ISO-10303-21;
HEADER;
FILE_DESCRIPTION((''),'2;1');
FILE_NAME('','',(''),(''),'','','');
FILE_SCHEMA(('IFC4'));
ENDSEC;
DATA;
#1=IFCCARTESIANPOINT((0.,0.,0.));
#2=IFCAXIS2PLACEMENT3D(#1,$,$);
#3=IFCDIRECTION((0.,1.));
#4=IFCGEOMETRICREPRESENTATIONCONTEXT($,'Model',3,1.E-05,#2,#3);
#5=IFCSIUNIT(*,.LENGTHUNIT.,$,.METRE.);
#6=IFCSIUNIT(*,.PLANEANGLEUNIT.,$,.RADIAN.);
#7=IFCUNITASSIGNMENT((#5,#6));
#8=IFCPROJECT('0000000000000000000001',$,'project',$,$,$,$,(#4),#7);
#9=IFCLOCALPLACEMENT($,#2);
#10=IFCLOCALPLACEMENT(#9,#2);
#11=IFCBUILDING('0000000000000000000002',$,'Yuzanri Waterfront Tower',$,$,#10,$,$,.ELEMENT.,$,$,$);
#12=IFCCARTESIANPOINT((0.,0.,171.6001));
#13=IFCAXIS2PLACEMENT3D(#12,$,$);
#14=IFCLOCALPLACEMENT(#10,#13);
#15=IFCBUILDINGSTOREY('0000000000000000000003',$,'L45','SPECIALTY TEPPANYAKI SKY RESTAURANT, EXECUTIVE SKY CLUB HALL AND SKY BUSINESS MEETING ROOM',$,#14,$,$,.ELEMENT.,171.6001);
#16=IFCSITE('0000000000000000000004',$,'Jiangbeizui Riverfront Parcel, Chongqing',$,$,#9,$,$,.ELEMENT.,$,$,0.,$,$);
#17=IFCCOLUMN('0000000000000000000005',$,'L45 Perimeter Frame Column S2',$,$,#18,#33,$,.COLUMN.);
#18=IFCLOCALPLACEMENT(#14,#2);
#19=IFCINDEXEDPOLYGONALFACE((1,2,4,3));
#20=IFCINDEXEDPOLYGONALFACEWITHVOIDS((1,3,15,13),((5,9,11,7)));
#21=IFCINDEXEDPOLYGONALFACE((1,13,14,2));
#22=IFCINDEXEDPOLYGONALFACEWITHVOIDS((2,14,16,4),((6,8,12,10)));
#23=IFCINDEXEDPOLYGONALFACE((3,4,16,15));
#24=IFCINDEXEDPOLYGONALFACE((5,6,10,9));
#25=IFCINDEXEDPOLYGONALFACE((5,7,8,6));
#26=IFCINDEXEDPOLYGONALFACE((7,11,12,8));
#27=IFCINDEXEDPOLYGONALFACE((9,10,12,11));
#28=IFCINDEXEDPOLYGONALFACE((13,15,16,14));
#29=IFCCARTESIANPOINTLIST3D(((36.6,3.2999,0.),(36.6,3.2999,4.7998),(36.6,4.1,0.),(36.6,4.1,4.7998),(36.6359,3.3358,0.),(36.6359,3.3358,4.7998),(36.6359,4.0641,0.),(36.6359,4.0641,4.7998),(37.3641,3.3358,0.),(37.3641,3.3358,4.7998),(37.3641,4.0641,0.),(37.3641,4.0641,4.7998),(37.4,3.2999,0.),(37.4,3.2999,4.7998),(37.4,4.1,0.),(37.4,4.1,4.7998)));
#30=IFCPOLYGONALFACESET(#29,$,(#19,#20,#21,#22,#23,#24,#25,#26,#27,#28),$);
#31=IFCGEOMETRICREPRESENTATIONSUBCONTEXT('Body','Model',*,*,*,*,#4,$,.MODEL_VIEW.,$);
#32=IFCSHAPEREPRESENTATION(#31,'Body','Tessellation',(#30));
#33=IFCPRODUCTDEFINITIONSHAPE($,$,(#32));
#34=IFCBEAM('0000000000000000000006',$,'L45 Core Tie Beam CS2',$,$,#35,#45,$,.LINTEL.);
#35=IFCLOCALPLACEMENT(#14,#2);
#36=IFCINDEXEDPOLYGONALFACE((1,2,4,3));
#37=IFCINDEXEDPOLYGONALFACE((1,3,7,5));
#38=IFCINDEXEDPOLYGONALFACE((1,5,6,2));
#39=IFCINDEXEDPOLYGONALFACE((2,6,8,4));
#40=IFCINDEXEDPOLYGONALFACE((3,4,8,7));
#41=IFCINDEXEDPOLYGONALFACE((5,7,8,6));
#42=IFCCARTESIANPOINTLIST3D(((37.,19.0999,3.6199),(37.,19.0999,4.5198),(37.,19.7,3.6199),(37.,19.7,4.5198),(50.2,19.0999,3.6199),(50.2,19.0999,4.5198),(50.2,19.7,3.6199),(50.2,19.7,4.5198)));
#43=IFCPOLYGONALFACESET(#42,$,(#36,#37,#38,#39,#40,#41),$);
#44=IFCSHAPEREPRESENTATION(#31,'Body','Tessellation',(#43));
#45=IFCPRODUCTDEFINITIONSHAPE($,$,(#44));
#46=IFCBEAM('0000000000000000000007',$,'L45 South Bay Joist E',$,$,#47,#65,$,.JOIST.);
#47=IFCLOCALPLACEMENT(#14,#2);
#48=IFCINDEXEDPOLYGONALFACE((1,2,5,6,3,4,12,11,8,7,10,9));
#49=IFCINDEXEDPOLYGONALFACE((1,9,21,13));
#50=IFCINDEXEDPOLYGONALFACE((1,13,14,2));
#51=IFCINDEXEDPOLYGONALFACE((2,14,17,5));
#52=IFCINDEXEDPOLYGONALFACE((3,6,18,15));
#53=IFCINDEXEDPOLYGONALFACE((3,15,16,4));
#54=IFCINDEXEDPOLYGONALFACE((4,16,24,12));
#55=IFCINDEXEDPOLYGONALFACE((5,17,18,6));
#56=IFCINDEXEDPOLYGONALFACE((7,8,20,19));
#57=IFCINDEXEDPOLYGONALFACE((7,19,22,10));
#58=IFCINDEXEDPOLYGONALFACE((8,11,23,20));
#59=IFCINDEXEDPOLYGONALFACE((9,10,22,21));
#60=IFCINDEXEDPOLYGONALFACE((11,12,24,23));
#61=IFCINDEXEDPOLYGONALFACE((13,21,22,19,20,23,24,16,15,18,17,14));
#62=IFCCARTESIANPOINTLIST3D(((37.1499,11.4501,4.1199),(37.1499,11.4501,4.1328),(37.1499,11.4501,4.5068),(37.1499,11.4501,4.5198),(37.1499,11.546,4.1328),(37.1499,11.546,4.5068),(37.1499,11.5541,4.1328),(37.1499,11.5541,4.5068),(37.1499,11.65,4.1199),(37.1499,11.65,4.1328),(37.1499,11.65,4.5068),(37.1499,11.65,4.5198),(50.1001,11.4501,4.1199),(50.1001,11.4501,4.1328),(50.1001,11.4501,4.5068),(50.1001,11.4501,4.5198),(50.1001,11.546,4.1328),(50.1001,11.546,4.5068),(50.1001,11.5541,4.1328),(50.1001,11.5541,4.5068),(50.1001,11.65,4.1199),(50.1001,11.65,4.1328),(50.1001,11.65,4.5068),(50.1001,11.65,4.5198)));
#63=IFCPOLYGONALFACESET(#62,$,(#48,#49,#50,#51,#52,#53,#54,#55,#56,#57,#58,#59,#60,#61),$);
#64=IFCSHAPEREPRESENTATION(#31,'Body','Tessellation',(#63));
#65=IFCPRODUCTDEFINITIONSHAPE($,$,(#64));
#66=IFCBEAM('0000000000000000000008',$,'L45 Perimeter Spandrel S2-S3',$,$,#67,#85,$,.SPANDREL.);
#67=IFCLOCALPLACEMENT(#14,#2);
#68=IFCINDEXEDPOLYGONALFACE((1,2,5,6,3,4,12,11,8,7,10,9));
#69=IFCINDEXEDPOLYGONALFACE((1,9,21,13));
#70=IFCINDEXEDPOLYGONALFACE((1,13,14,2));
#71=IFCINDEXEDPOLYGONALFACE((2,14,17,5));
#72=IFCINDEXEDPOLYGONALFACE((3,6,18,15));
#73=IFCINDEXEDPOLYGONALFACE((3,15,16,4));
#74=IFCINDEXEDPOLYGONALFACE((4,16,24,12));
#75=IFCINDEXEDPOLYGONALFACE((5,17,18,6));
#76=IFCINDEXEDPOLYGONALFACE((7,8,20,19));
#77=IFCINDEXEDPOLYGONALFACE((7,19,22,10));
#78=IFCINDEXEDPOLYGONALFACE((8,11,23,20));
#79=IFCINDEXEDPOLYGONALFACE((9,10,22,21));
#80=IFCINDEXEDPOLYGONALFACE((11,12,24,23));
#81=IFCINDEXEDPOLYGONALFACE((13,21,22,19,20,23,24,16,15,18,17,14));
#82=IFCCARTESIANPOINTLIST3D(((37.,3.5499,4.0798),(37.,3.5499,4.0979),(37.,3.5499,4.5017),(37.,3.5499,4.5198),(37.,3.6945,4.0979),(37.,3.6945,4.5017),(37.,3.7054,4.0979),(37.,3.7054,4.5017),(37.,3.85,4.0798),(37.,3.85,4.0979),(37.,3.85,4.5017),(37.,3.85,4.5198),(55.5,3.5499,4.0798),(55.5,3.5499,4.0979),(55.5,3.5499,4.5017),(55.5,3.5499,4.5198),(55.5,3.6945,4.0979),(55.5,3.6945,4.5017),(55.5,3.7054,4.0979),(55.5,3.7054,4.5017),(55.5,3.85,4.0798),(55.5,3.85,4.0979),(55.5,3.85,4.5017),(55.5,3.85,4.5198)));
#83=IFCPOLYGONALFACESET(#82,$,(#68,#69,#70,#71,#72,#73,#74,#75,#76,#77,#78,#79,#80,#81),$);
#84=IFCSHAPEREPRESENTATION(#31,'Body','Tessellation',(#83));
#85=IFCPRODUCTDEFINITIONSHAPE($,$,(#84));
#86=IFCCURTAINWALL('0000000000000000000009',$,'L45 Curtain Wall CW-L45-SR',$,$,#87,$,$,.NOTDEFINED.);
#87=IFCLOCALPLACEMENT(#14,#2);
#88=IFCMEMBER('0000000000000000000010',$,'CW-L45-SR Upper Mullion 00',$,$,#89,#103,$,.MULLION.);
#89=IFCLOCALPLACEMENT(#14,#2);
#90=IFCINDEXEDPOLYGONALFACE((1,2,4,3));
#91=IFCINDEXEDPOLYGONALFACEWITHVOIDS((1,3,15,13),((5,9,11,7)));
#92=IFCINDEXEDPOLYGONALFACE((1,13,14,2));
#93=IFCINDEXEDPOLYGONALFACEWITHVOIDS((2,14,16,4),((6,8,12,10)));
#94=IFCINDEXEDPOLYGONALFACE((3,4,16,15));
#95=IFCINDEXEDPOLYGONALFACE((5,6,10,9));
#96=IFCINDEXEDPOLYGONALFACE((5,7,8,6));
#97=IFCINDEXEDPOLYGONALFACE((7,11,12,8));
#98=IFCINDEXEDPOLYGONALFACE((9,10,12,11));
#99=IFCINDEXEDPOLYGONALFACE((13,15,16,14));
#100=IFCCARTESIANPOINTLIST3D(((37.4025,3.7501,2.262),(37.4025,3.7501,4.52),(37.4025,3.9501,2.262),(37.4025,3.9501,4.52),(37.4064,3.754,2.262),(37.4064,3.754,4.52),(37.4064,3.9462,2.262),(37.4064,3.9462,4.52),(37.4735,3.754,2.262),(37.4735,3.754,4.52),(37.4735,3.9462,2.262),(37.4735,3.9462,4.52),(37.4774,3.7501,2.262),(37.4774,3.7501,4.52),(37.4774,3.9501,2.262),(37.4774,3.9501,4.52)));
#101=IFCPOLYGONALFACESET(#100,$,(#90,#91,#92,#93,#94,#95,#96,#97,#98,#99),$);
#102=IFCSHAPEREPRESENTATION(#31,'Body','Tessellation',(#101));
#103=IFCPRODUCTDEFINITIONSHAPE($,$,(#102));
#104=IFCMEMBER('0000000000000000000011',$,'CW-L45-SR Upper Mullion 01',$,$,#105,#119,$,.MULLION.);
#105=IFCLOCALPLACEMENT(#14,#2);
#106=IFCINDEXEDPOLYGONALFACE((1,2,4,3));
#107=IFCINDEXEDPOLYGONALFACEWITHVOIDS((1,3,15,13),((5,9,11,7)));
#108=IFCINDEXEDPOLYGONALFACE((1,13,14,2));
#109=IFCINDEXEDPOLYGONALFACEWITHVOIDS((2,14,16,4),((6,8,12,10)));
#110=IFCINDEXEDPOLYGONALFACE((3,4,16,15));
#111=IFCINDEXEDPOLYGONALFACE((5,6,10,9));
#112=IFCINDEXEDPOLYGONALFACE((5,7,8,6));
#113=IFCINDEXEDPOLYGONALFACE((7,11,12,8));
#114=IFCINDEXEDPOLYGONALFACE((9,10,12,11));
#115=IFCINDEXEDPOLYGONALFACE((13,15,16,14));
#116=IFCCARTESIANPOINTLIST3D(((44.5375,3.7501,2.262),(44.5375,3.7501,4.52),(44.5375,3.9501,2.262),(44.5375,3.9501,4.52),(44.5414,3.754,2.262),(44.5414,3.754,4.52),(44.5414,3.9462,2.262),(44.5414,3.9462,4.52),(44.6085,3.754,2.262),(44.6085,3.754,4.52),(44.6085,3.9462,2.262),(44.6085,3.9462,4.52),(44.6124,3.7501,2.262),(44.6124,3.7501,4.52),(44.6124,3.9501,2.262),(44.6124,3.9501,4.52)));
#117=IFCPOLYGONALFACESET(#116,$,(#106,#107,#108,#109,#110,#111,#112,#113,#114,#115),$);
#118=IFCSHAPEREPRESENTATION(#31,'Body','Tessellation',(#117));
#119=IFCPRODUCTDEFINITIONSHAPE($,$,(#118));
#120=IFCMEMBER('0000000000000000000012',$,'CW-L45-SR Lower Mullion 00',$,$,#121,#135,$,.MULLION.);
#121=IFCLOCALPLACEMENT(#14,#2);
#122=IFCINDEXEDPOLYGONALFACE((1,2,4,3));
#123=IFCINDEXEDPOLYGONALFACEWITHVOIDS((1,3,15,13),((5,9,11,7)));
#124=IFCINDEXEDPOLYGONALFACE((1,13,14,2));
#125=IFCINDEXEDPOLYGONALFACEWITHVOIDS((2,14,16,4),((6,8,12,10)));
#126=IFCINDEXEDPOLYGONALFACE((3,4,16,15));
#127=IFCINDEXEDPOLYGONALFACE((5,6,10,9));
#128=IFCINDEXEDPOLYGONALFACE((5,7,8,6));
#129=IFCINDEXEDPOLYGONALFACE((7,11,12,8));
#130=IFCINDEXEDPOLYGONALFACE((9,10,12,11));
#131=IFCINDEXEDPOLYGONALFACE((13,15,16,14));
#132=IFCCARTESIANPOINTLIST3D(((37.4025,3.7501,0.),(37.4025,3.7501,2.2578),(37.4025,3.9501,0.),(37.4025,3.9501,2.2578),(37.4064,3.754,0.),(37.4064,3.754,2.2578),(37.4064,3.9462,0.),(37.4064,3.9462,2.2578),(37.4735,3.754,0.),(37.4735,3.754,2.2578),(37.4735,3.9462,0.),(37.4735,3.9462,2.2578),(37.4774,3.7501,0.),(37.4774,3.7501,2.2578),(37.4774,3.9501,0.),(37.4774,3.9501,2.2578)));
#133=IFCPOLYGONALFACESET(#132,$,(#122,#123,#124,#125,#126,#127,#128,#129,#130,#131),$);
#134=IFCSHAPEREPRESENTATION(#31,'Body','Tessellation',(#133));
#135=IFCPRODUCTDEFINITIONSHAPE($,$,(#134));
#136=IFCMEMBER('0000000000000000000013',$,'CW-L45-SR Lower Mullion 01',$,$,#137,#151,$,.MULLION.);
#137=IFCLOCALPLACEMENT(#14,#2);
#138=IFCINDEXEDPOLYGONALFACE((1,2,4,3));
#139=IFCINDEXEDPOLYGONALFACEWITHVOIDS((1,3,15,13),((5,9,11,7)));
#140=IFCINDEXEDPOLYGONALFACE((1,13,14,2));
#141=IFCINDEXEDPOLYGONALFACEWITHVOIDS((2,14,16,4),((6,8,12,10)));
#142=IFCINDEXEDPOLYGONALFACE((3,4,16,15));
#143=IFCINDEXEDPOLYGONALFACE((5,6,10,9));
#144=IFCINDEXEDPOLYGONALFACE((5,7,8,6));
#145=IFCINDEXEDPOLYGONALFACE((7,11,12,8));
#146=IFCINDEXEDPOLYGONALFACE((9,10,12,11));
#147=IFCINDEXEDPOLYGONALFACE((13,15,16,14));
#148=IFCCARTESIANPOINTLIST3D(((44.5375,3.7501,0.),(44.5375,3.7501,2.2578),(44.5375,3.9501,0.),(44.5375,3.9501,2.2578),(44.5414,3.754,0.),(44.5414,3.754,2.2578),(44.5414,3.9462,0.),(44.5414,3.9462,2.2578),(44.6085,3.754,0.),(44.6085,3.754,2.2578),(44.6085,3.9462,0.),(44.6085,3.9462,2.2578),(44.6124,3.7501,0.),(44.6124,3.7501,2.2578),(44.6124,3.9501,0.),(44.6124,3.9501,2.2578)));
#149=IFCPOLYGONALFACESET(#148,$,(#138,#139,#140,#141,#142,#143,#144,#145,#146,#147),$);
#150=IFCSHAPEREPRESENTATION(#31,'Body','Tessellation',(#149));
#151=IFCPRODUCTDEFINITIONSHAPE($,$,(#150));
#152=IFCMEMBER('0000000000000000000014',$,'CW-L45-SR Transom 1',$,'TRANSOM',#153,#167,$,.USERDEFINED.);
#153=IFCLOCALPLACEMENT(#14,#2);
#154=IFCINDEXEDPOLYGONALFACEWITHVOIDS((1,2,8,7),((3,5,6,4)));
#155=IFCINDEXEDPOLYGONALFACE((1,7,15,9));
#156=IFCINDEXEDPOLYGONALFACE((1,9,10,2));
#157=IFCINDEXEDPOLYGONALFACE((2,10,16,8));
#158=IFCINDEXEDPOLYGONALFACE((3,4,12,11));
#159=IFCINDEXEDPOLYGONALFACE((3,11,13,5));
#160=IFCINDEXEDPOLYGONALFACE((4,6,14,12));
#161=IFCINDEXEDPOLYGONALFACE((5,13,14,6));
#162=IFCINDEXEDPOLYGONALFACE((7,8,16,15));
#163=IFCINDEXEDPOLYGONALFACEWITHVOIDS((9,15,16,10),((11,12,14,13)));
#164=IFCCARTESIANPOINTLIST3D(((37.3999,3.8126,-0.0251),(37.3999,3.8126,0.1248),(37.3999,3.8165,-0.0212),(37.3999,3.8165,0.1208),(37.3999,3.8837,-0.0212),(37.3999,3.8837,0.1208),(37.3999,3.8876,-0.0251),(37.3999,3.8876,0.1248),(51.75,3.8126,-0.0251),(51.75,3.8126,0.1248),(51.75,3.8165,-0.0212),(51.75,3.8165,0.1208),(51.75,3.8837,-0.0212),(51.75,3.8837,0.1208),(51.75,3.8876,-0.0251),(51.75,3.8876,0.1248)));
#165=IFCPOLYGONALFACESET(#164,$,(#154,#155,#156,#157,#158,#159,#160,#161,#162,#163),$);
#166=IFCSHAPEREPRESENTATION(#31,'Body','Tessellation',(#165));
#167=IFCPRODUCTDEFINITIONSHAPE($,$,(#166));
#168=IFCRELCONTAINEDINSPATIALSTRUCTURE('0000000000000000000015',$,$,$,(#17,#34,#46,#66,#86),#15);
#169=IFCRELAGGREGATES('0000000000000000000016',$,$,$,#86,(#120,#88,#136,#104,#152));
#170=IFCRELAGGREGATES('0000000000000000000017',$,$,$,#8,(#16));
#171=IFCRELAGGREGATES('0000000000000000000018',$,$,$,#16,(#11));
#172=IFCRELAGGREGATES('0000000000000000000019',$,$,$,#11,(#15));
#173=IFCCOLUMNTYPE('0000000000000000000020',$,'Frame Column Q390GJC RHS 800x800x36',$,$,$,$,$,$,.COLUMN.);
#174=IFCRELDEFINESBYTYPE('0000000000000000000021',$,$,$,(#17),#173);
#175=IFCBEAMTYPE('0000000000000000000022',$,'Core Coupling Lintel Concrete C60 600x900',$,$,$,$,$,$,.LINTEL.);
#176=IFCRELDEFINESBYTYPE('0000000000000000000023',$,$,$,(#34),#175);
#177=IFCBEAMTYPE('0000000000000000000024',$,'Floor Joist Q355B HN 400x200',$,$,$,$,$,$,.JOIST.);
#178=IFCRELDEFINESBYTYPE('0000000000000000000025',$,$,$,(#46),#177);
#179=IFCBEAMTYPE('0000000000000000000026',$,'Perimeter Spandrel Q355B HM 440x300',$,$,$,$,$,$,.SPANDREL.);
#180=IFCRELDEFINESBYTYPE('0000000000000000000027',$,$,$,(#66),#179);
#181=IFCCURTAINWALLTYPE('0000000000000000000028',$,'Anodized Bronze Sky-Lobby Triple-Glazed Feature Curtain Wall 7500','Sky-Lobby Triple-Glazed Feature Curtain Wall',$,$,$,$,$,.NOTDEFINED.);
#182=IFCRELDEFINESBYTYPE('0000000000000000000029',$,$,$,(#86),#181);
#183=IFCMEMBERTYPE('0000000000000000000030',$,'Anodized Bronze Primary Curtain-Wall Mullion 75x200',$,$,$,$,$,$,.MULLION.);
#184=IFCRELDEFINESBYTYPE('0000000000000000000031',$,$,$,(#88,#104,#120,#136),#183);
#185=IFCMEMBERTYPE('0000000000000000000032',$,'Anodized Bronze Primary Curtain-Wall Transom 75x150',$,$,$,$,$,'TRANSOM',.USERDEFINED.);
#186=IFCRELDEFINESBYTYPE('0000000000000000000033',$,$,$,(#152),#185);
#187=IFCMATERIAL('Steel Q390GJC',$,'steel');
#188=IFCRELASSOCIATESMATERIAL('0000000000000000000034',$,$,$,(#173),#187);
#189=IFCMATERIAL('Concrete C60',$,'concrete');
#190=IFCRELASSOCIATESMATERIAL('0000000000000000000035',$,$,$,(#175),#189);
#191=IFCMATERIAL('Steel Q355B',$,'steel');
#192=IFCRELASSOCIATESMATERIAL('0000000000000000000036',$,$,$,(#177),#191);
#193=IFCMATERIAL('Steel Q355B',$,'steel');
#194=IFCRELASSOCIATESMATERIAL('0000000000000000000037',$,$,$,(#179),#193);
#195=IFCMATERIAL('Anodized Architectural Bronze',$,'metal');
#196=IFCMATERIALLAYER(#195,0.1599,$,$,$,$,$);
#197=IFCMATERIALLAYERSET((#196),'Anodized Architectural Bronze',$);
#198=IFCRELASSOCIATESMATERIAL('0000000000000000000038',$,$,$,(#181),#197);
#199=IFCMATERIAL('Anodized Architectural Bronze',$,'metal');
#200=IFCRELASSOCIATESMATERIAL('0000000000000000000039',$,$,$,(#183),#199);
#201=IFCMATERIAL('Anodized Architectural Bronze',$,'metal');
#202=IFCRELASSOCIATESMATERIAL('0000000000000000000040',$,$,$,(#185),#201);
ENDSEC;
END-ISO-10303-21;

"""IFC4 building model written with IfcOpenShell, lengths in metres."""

from ifc_helpers import new_model, si_unit, direction, frame, origin, origin_2d, place, context, subcontext, project, spatial, rectangle, hollow_rectangle, i_section, extrude, source, transform, mapped, material, layer, layer_set, material_profile, profile_set, type_object, element, aggregate, save


model = new_model("IFC4")

# Units and contexts
model_context = context("Model", 3, precision=1e-05, world=origin(), true_north=direction((0.0, 1.0)))
body_context = subcontext(model_context, "Body", "Model", "MODEL_VIEW")
ifc_project = project(units=[si_unit("LENGTHUNIT", "METRE"), si_unit("PLANEANGLEUNIT", "RADIAN")], contexts=[model_context])

# Site, building, storey
site_placement = place(None, origin())
site = spatial("IfcSite", under=ifc_project, at=site_placement, Name="Jiangbeizui Riverfront Parcel, Chongqing", CompositionType="ELEMENT", RefElevation=0.0)
building_placement = place(site_placement, origin())
building = spatial("IfcBuilding", under=site, at=building_placement, Name="Yuzanri Waterfront Tower", CompositionType="ELEMENT")
storey_placement = place(building_placement, frame((0.0, 0.0, 171.6001)))
storey = spatial("IfcBuildingStorey", under=building, at=storey_placement, Name="L45", Description="SPECIALTY TEPPANYAKI SKY RESTAURANT, EXECUTIVE SKY CLUB HALL AND SKY BUSINESS MEETING ROOM", CompositionType="ELEMENT", Elevation=171.6001)

# Column
ifc_material_1 = material(Name="Steel Q390GJC", Category="steel")
ifc_material_profile_1 = material_profile(ifc_material_1, hollow_rectangle(XDim=0.8, YDim=0.8, WallThickness=0.0359, at=origin_2d()), Name="RHS 800x800x36")
ifc_profile_set_1 = profile_set([ifc_material_profile_1], Name="Steel Q390GJC")
column_type = type_object("IfcColumnType", Name="Frame Column Q390GJC RHS 800x800x36", PredefinedType="COLUMN", material=ifc_profile_set_1)
shared_shape_1 = source(origin(), body_context, "Body", "SweptSolid", [
    extrude(hollow_rectangle(XDim=0.8, YDim=0.8, WallThickness=0.0359, at=origin_2d()), origin(), (0.0, 0.0, 1.0), 4.7998),
])
column_placement = place(storey_placement, frame((37.0, 3.7, 0.0), z_axis=(0.0, 0.0, 1.0), x_axis=(1.0, 0.0, 0.0)))
element("IfcColumn", 1, at=column_placement, inside=storey, type_object=column_type, Name="L45 Perimeter Frame Column S2", PredefinedType="COLUMN", context=body_context, shape_type="MappedRepresentation", body=[
    mapped(shared_shape_1, transform((0.0, 0.0, 0.0), scale=1.0)),
])

# Beams
ifc_material_2 = material(Name="Concrete C60", Category="concrete")
ifc_material_profile_2 = material_profile(ifc_material_2, rectangle(XDim=0.6001, YDim=0.8999, at=origin_2d()), Name="RC 600x900")
ifc_profile_set_2 = profile_set([ifc_material_profile_2], Name="Concrete C60")
beam_type_1 = type_object("IfcBeamType", Name="Core Coupling Lintel Concrete C60 600x900", PredefinedType="LINTEL", material=ifc_profile_set_2)
shared_shape_2 = source(origin(), body_context, "Body", "SweptSolid", [
    extrude(rectangle(XDim=0.6001, YDim=0.8999, at=origin_2d()), origin(), (0.0, 0.0, 1.0), 13.2),
])
beam_1_placement = place(storey_placement, frame((37.0, 19.3999, 4.0698), z_axis=(1.0, 0.0, 0.0), x_axis=(0.0, 1.0, 0.0)))
element("IfcBeam", 2, at=beam_1_placement, inside=storey, type_object=beam_type_1, Name="L45 Core Tie Beam CS2", PredefinedType="LINTEL", context=body_context, shape_type="MappedRepresentation", body=[
    mapped(shared_shape_2, transform((0.0, 0.0, 0.0), scale=1.0)),
])
ifc_material_3 = material(Name="Steel Q355B", Category="steel")
ifc_material_profile_3 = material_profile(ifc_material_3, i_section(OverallWidth=0.2, OverallDepth=0.3999, WebThickness=0.0081, FlangeThickness=0.0129, at=origin_2d()), Name="HN 400x200x8x13")
ifc_profile_set_3 = profile_set([ifc_material_profile_3], Name="Steel Q355B")
beam_type_2 = type_object("IfcBeamType", Name="Floor Joist Q355B HN 400x200", PredefinedType="JOIST", material=ifc_profile_set_3)
shared_shape_3 = source(origin(), body_context, "Body", "SweptSolid", [
    extrude(i_section(OverallWidth=0.2, OverallDepth=0.3999, WebThickness=0.0081, FlangeThickness=0.0129, at=origin_2d()), origin(), (0.0, 0.0, 1.0), 12.9502),
])
beam_2_placement = place(storey_placement, frame((37.1499, 11.55, 4.3198), z_axis=(1.0, 0.0, 0.0), x_axis=(0.0, 1.0, 0.0)))
element("IfcBeam", 3, at=beam_2_placement, inside=storey, type_object=beam_type_2, Name="L45 South Bay Joist E", PredefinedType="JOIST", context=body_context, shape_type="MappedRepresentation", body=[
    mapped(shared_shape_3, transform((0.0, 0.0, 0.0), scale=1.0)),
])
ifc_material_4 = material(Name="Steel Q355B", Category="steel")
ifc_material_profile_4 = material_profile(ifc_material_4, i_section(OverallWidth=0.3, OverallDepth=0.4399, WebThickness=0.011, FlangeThickness=0.0181, at=origin_2d()), Name="HM 440x300x11x18")
ifc_profile_set_4 = profile_set([ifc_material_profile_4], Name="Steel Q355B")
beam_type_3 = type_object("IfcBeamType", Name="Perimeter Spandrel Q355B HM 440x300", PredefinedType="SPANDREL", material=ifc_profile_set_4)
shared_shape_4 = source(origin(), body_context, "Body", "SweptSolid", [
    extrude(i_section(OverallWidth=0.3, OverallDepth=0.4399, WebThickness=0.011, FlangeThickness=0.0181, at=origin_2d()), origin(), (0.0, 0.0, 1.0), 18.5),
])
beam_3_placement = place(storey_placement, frame((37.0, 3.7, 4.2998), z_axis=(1.0, 0.0, 0.0), x_axis=(0.0, 1.0, 0.0)))
element("IfcBeam", 4, at=beam_3_placement, inside=storey, type_object=beam_type_3, Name="L45 Perimeter Spandrel S2-S3", PredefinedType="SPANDREL", context=body_context, shape_type="MappedRepresentation", body=[
    mapped(shared_shape_4, transform((0.0, 0.0, 0.0), scale=1.0)),
])

# Curtain wall, members
ifc_material_5 = material(Name="Anodized Architectural Bronze", Category="metal")
ifc_layer_1 = layer(ifc_material_5, 0.1599)
ifc_layer_set_1 = layer_set([ifc_layer_1], Name="Anodized Architectural Bronze")
curtain_wall_type = type_object("IfcCurtainWallType", Name="Anodized Bronze Sky-Lobby Triple-Glazed Feature Curtain Wall 7500", Description="Sky-Lobby Triple-Glazed Feature Curtain Wall", PredefinedType="NOTDEFINED", material=ifc_layer_set_1)
curtain_wall_placement = place(storey_placement, origin())
curtain_wall = element("IfcCurtainWall", 5, at=curtain_wall_placement, inside=storey, type_object=curtain_wall_type, Name="L45 Curtain Wall CW-L45-SR", PredefinedType="NOTDEFINED")
ifc_material_6 = material(Name="Anodized Architectural Bronze", Category="metal")
ifc_material_profile_5 = material_profile(ifc_material_6, hollow_rectangle(XDim=0.075, YDim=0.2, WallThickness=0.0039, at=origin_2d()), Name="CWM 75x200")
ifc_profile_set_5 = profile_set([ifc_material_profile_5], Name="Anodized Architectural Bronze")
member_type_1 = type_object("IfcMemberType", Name="Anodized Bronze Primary Curtain-Wall Mullion 75x200", PredefinedType="MULLION", material=ifc_profile_set_5)
shared_shape_5 = source(origin(), body_context, "Body", "SweptSolid", [
    extrude(hollow_rectangle(XDim=0.075, YDim=0.2, WallThickness=0.0039, at=origin_2d()), origin(), (0.0, 0.0, 1.0), 2.2581),
])
member_1_placement = place(storey_placement, frame((37.4399, 3.8501, 2.262), z_axis=(0.0, 0.0, 1.0), x_axis=(1.0, 0.0, 0.0)))
member_1 = element("IfcMember", 6, at=member_1_placement, type_object=member_type_1, Name="CW-L45-SR Upper Mullion 00", PredefinedType="MULLION", context=body_context, shape_type="MappedRepresentation", body=[
    mapped(shared_shape_5, transform((0.0, 0.0, 0.0), scale=1.0)),
])
member_2_placement = place(storey_placement, frame((44.575, 3.8501, 2.262), z_axis=(0.0, 0.0, 1.0), x_axis=(1.0, 0.0, 0.0)))
member_2 = element("IfcMember", 7, at=member_2_placement, type_object=member_type_1, Name="CW-L45-SR Upper Mullion 01", PredefinedType="MULLION", context=body_context, shape_type="MappedRepresentation", body=[
    mapped(shared_shape_5, transform((0.0, 0.0, 0.0), scale=1.0)),
])
shared_shape_6 = source(origin(), body_context, "Body", "SweptSolid", [
    extrude(hollow_rectangle(XDim=0.075, YDim=0.2, WallThickness=0.0039, at=origin_2d()), origin(), (0.0, 0.0, 1.0), 2.2578),
])
member_3_placement = place(storey_placement, frame((37.4399, 3.8501, 0.0), z_axis=(0.0, 0.0, 1.0), x_axis=(1.0, 0.0, 0.0)))
member_3 = element("IfcMember", 8, at=member_3_placement, type_object=member_type_1, Name="CW-L45-SR Lower Mullion 00", PredefinedType="MULLION", context=body_context, shape_type="MappedRepresentation", body=[
    mapped(shared_shape_6, transform((0.0, 0.0, 0.0), scale=1.0)),
])
member_4_placement = place(storey_placement, frame((44.575, 3.8501, 0.0), z_axis=(0.0, 0.0, 1.0), x_axis=(1.0, 0.0, 0.0)))
member_4 = element("IfcMember", 9, at=member_4_placement, type_object=member_type_1, Name="CW-L45-SR Lower Mullion 01", PredefinedType="MULLION", context=body_context, shape_type="MappedRepresentation", body=[
    mapped(shared_shape_6, transform((0.0, 0.0, 0.0), scale=1.0)),
])
ifc_material_7 = material(Name="Anodized Architectural Bronze", Category="metal")
ifc_material_profile_6 = material_profile(ifc_material_7, hollow_rectangle(XDim=0.075, YDim=0.1499, WallThickness=0.0039, at=origin_2d()), Name="CWT 75x150")
ifc_profile_set_6 = profile_set([ifc_material_profile_6], Name="Anodized Architectural Bronze")
member_type_2 = type_object("IfcMemberType", Name="Anodized Bronze Primary Curtain-Wall Transom 75x150", ElementType="TRANSOM", PredefinedType="USERDEFINED", material=ifc_profile_set_6)
shared_shape_7 = source(origin(), body_context, "Body", "SweptSolid", [
    extrude(hollow_rectangle(XDim=0.075, YDim=0.1499, WallThickness=0.0039, at=origin_2d()), origin(), (0.0, 0.0, 1.0), 14.3501),
])
member_5_placement = place(storey_placement, frame((37.3999, 3.8501, 0.0498), z_axis=(1.0, 0.0, 0.0), x_axis=(0.0, 1.0, 0.0)))
member_5 = element("IfcMember", 10, at=member_5_placement, type_object=member_type_2, Name="CW-L45-SR Transom 1", ObjectType="TRANSOM", PredefinedType="USERDEFINED", context=body_context, shape_type="MappedRepresentation", body=[
    mapped(shared_shape_7, transform((0.0, 0.0, 0.0), scale=1.0)),
])
aggregate(curtain_wall, [member_3, member_1, member_4, member_2, member_5])

save(model, "model.ifc")
